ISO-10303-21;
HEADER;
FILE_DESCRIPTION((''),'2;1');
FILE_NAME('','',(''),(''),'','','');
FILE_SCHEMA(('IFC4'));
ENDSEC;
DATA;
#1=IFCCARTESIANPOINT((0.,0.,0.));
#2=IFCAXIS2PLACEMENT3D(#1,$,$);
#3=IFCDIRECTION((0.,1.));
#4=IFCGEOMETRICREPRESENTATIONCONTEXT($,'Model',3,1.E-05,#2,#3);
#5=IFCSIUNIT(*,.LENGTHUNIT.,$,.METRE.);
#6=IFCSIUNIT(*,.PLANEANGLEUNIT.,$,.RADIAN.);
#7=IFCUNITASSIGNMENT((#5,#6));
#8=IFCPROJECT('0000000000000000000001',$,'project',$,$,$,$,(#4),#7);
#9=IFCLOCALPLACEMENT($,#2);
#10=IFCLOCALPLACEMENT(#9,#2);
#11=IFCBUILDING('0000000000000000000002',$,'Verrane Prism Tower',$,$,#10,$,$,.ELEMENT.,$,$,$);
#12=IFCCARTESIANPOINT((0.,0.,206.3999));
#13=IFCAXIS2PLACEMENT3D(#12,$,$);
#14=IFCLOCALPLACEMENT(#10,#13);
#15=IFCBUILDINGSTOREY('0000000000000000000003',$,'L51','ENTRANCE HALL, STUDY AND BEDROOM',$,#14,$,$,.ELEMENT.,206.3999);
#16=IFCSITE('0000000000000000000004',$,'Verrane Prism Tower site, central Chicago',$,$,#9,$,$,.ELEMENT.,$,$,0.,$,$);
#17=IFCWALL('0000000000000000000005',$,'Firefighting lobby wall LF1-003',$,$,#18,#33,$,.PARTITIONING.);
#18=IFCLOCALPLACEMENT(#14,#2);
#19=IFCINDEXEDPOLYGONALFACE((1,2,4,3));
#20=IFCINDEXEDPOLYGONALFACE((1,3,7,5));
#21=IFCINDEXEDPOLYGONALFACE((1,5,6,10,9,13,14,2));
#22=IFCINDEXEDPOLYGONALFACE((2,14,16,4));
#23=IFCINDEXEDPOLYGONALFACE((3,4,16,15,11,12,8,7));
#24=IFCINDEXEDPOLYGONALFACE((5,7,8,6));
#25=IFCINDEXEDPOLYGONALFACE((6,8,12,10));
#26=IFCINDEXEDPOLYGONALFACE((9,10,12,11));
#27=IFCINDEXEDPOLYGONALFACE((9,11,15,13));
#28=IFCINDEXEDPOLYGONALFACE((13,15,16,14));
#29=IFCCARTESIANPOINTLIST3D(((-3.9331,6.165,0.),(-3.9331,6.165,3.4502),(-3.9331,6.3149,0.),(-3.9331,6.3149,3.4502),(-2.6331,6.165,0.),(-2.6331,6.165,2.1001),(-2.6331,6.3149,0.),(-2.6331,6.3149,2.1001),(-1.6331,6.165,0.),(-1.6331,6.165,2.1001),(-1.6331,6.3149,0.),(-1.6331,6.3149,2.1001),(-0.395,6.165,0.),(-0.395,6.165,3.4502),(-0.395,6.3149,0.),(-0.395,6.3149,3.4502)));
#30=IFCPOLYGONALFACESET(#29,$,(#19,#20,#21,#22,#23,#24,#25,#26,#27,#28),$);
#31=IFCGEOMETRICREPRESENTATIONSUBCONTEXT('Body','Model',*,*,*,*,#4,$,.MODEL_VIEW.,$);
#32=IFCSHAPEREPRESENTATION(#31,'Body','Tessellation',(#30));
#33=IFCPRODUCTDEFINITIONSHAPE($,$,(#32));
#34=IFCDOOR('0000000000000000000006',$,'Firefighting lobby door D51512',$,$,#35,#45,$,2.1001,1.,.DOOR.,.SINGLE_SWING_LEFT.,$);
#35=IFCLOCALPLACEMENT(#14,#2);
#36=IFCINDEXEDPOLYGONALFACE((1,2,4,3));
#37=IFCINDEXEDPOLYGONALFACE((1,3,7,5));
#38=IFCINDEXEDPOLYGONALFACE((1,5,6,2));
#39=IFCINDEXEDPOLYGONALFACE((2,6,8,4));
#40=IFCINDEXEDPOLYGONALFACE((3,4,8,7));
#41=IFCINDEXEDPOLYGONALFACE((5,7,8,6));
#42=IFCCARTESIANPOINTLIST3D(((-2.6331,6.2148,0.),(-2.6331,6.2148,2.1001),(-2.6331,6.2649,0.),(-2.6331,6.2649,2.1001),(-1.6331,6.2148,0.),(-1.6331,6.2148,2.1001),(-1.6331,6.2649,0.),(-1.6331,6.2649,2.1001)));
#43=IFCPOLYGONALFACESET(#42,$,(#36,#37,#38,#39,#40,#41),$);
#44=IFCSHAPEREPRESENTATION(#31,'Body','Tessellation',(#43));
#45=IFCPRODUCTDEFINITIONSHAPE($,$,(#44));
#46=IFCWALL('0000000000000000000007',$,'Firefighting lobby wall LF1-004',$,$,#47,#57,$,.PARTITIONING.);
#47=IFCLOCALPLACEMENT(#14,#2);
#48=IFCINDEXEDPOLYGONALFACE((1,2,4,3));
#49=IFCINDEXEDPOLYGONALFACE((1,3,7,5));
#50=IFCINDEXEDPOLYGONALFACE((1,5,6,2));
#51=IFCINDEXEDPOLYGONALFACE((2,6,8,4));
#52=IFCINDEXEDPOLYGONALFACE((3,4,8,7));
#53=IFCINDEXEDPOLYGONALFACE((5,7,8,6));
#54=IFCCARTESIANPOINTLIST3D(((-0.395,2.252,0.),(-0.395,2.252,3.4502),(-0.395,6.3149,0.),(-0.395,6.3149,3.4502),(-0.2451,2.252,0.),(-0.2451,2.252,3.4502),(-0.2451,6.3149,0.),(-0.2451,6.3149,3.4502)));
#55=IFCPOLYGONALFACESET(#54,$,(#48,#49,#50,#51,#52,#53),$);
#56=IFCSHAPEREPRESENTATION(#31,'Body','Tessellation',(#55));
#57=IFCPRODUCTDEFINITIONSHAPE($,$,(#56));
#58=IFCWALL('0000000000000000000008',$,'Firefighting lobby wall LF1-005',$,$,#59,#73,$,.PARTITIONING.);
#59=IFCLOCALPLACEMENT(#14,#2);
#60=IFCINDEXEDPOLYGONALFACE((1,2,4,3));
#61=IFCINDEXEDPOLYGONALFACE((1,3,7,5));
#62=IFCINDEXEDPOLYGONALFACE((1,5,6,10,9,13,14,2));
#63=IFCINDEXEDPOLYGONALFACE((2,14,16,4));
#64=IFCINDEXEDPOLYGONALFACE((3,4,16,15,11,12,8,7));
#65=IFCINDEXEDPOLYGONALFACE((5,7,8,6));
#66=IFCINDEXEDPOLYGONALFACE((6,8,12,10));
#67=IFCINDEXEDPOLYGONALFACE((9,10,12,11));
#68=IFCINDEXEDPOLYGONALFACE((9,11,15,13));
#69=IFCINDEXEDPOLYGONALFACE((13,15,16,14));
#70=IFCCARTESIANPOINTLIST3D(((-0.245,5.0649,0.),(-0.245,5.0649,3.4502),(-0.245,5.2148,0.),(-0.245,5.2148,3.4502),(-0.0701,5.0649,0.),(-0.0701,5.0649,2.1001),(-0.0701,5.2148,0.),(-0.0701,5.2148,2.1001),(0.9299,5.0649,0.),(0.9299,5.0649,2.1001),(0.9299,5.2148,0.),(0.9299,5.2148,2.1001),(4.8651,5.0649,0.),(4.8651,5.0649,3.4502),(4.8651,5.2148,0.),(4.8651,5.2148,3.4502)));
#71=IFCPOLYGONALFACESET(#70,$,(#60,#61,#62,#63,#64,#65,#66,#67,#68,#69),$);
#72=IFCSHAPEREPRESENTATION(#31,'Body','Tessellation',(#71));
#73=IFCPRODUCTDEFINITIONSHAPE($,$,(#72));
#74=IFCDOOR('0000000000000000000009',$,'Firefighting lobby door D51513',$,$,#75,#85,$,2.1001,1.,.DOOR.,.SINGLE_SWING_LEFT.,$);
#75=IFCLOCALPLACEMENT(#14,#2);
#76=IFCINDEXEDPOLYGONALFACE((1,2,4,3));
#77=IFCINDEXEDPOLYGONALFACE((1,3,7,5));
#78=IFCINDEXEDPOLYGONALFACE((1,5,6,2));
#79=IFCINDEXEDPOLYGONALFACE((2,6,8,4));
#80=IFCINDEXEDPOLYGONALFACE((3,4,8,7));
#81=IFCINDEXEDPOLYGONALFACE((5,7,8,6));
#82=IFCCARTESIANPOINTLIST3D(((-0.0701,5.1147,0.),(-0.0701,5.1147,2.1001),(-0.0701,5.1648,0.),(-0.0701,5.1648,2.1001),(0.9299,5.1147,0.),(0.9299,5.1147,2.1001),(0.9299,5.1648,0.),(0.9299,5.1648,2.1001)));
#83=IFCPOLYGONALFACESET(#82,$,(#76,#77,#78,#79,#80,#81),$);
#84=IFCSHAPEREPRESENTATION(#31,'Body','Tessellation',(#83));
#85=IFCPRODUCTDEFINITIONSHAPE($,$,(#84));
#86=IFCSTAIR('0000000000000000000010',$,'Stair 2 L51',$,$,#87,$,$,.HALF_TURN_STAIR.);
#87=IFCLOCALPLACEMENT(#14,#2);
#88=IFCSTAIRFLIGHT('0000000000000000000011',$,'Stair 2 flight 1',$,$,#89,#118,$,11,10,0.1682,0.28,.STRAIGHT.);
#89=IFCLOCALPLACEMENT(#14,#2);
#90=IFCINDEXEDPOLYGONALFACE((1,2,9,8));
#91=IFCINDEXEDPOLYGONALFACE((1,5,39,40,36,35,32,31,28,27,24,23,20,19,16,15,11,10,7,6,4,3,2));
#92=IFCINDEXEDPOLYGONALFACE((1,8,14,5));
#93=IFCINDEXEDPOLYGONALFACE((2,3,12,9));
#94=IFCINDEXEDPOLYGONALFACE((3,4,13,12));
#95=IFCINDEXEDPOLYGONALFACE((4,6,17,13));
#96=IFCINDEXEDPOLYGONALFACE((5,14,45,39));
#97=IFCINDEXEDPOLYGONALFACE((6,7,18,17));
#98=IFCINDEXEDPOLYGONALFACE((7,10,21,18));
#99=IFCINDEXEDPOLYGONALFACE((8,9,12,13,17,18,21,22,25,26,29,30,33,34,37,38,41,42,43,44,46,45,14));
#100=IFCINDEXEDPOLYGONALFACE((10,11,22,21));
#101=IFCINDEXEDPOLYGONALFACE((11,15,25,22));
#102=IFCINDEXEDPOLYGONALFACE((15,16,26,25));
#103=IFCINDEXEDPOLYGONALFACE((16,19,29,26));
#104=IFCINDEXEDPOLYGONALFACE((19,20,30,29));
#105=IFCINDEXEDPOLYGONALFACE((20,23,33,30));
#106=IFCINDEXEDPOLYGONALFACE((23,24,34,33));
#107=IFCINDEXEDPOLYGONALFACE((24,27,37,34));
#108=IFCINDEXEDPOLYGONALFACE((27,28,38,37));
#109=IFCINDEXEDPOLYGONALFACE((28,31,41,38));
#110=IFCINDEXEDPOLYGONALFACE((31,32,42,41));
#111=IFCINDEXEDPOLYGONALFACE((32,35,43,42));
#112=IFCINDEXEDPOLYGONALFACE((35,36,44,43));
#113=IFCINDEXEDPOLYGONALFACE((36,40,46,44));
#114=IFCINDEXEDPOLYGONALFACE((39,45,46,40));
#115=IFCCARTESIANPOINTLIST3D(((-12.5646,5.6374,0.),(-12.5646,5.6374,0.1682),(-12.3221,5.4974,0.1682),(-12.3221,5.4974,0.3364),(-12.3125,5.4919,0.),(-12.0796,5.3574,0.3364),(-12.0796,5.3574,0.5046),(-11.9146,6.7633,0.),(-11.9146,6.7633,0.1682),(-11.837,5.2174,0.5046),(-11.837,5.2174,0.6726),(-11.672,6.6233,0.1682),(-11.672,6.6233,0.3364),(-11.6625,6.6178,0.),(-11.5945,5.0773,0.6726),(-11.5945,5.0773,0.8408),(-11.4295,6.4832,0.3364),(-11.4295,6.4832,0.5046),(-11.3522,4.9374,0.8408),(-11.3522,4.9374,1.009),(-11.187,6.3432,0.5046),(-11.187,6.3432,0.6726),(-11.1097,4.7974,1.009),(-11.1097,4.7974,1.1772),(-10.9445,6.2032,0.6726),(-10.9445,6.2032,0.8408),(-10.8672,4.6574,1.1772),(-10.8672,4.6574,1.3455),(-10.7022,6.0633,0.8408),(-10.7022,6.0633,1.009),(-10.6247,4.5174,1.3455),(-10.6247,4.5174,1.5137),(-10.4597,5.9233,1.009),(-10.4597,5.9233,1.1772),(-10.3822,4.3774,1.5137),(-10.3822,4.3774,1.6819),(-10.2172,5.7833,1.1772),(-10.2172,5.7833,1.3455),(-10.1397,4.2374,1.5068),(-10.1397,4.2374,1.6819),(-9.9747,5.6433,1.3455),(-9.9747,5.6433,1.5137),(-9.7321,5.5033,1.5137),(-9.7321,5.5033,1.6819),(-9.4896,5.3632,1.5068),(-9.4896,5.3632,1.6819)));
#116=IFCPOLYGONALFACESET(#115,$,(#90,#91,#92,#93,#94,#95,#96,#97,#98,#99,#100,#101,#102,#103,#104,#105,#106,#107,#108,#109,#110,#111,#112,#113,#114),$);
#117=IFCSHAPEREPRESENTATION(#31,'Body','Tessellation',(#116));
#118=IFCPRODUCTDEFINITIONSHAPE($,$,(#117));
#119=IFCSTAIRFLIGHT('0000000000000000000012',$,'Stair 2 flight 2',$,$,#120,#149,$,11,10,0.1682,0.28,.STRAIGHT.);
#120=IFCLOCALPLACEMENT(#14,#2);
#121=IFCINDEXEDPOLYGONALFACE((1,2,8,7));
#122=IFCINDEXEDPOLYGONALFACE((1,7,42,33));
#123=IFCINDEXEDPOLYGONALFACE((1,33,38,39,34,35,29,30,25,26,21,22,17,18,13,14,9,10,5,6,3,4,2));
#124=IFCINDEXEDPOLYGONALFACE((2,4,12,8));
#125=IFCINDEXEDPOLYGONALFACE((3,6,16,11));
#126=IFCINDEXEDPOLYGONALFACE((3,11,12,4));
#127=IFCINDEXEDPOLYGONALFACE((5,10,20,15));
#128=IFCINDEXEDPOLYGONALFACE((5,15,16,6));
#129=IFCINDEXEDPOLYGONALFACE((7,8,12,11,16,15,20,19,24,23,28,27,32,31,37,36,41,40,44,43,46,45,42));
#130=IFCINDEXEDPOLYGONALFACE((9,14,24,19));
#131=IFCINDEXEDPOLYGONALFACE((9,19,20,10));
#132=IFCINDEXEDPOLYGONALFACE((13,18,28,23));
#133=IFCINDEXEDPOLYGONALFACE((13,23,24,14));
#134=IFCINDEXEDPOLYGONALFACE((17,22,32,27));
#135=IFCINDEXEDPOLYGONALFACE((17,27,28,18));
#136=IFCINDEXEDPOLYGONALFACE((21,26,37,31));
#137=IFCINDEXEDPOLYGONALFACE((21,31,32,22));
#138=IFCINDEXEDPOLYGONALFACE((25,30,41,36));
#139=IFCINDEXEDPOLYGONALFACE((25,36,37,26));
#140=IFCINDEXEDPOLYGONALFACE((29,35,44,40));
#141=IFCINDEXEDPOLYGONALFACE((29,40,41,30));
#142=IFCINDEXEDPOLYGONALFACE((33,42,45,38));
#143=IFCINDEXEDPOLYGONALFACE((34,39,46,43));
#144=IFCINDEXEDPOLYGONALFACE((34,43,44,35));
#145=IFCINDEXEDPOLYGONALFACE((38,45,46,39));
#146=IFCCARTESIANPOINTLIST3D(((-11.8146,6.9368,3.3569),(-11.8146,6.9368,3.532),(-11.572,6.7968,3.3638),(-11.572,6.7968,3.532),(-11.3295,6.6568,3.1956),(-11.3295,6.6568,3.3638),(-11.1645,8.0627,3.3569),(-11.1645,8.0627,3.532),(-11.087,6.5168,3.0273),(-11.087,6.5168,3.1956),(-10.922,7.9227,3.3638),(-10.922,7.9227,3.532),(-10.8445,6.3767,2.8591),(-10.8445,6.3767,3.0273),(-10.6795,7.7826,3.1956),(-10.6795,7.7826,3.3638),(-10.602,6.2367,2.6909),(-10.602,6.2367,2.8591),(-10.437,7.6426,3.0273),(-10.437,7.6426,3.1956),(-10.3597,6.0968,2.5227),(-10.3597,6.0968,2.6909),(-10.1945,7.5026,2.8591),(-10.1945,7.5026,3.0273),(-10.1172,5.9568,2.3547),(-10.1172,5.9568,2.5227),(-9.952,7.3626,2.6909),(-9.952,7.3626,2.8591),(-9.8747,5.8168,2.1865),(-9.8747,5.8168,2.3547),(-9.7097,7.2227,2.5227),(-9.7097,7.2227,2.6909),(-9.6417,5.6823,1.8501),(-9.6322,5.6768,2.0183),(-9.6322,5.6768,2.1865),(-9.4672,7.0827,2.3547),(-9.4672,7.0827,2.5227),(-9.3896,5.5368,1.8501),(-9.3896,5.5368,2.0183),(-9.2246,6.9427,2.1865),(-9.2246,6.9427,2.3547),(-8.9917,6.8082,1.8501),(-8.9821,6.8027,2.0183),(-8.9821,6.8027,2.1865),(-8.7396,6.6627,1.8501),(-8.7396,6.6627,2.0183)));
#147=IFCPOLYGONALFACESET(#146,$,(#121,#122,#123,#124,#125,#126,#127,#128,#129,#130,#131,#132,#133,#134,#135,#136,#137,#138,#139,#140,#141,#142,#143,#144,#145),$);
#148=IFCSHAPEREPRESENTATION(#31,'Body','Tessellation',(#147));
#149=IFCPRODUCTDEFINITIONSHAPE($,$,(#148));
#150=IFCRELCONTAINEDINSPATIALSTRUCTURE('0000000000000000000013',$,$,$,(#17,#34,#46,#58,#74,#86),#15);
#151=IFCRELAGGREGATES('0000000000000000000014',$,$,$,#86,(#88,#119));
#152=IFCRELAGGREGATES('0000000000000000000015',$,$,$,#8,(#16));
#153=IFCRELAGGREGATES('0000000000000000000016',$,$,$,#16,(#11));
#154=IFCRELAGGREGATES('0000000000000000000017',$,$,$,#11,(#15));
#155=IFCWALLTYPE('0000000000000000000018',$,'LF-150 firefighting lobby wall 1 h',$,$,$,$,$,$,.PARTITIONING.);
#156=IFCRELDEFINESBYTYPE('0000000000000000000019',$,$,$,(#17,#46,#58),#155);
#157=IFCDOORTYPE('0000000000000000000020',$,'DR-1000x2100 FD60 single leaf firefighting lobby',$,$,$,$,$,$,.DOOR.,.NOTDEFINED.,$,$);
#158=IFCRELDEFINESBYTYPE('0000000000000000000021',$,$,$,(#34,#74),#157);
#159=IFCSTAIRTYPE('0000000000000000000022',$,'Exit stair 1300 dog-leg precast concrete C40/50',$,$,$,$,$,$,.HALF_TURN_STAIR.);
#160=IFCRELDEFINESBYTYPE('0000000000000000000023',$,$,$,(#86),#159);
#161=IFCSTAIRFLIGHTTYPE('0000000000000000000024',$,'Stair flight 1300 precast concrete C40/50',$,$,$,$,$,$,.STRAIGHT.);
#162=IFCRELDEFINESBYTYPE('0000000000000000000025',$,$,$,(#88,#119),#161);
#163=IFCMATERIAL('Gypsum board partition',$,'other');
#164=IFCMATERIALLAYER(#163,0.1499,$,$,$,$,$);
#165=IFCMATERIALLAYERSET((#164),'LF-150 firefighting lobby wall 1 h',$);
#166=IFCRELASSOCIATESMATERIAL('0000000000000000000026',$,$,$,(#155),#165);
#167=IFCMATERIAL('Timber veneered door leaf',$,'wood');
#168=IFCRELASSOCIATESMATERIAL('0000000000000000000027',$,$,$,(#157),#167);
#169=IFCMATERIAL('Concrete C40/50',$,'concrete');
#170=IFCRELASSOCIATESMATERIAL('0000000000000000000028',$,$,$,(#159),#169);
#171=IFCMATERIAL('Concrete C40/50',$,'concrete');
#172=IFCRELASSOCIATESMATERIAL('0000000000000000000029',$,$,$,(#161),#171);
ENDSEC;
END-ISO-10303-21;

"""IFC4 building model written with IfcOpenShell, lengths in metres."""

from ifc_helpers import new_model, si_unit, direction, frame, frame_2d, origin, place, context, subcontext, project, spatial, polyline, rectangle, outline, extrude, material, layer, layer_set, type_object, element, fill, aggregate, save


model = new_model("IFC4")

# Units and contexts
model_context = context("Model", 3, precision=1e-05, world=origin(), true_north=direction((0.0, 1.0)))
body_context = subcontext(model_context, "Body", "Model", "MODEL_VIEW")
ifc_project = project(units=[si_unit("LENGTHUNIT", "METRE"), si_unit("PLANEANGLEUNIT", "RADIAN")], contexts=[model_context])

# Site, building, storey
site_placement = place(None, origin())
site = spatial("IfcSite", under=ifc_project, at=site_placement, Name="Verrane Prism Tower site, central Chicago", CompositionType="ELEMENT", RefElevation=0.0)
building_placement = place(site_placement, origin())
building = spatial("IfcBuilding", under=site, at=building_placement, Name="Verrane Prism Tower", CompositionType="ELEMENT")
storey_placement = place(building_placement, frame((0.0, 0.0, 206.3999)))
storey = spatial("IfcBuildingStorey", under=building, at=storey_placement, Name="L51", Description="ENTRANCE HALL, STUDY AND BEDROOM", CompositionType="ELEMENT", Elevation=206.3999)

# Shared definitions
ifc_material_1 = material(Name="Gypsum board partition", Category="other")
ifc_layer_1 = layer(ifc_material_1, 0.1499)
ifc_layer_set_1 = layer_set([ifc_layer_1], Name="LF-150 firefighting lobby wall 1 h")
wall_type_1 = type_object("IfcWallType", Name="LF-150 firefighting lobby wall 1 h", PredefinedType="PARTITIONING", material=ifc_layer_set_1)

# Wall, opening, door
wall_1_placement = place(storey_placement, frame((-3.9331, 6.24, 0.0), z_axis=(0.0, 0.0, 1.0), x_axis=(1.0, 0.0, 0.0)))
wall_1 = element("IfcWall", 1, at=wall_1_placement, inside=storey, type_object=wall_type_1, Name="Firefighting lobby wall LF1-003", PredefinedType="PARTITIONING", context=body_context, shape_type="SweptSolid", body=[
    extrude(rectangle(XDim=3.5381, YDim=0.1499, at=frame_2d((1.769, 0.0))), origin(), (0.0, 0.0, 1.0), 3.4502),
])
opening_1_placement = place(wall_1_placement, frame((1.3, 0.0, 0.0)))
opening_1 = element("IfcOpeningElement", 2, at=opening_1_placement, cuts=wall_1, PredefinedType="OPENING", context=body_context, shape_type="SweptSolid", body=[
    extrude(rectangle(XDim=1.0, YDim=2.1001, at=frame_2d((0.5, 1.05))), frame((0.0, 0.085, 0.0), z_axis=(0.0, -1.0, 0.0), x_axis=(1.0, 0.0, 0.0)), (0.0, 0.0, 1.0), 0.1699),
])
ifc_material_2 = material(Name="Timber veneered door leaf", Category="wood")
door_type_1 = type_object("IfcDoorType", Name="DR-1000x2100 FD60 single leaf firefighting lobby", OperationType="NOTDEFINED", PredefinedType="DOOR", material=ifc_material_2)
door_1_placement = place(opening_1_placement, origin())
door_1 = element("IfcDoor", 3, at=door_1_placement, inside=storey, type_object=door_type_1, Name="Firefighting lobby door D51512", OperationType="SINGLE_SWING_LEFT", OverallHeight=2.1001, OverallWidth=1.0, PredefinedType="DOOR", context=body_context, shape_type="SweptSolid", body=[
    extrude(rectangle(XDim=1.0, YDim=2.1001, at=frame_2d((0.5, 1.05))), frame((0.0, 0.0249, 0.0), z_axis=(0.0, -1.0, 0.0), x_axis=(1.0, 0.0, 0.0)), (0.0, 0.0, 1.0), 0.05),
])
fill(opening_1, door_1)

# Wall
wall_2_placement = place(storey_placement, frame((-0.3201, 2.252, 0.0), z_axis=(0.0, 0.0, 1.0), x_axis=(0.0, 1.0, 0.0)))
element("IfcWall", 4, at=wall_2_placement, inside=storey, type_object=wall_type_1, Name="Firefighting lobby wall LF1-004", PredefinedType="PARTITIONING", context=body_context, shape_type="SweptSolid", body=[
    extrude(rectangle(XDim=4.063, YDim=0.1499, at=frame_2d((2.0315, 0.0))), origin(), (0.0, 0.0, 1.0), 3.4502),
])

# Wall, opening, door
wall_3_placement = place(storey_placement, frame((-0.2451, 5.1399, 0.0), z_axis=(0.0, 0.0, 1.0), x_axis=(1.0, 0.0, 0.0)))
wall_3 = element("IfcWall", 5, at=wall_3_placement, inside=storey, type_object=wall_type_1, Name="Firefighting lobby wall LF1-005", PredefinedType="PARTITIONING", context=body_context, shape_type="SweptSolid", body=[
    extrude(rectangle(XDim=5.1101, YDim=0.1499, at=frame_2d((2.5552, 0.0))), origin(), (0.0, 0.0, 1.0), 3.4502),
])
opening_2_placement = place(wall_3_placement, frame((0.175, 0.0, 0.0)))
opening_2 = element("IfcOpeningElement", 6, at=opening_2_placement, cuts=wall_3, PredefinedType="OPENING", context=body_context, shape_type="SweptSolid", body=[
    extrude(rectangle(XDim=1.0, YDim=2.1001, at=frame_2d((0.5, 1.05))), frame((0.0, 0.085, 0.0), z_axis=(0.0, -1.0, 0.0), x_axis=(1.0, 0.0, 0.0)), (0.0, 0.0, 1.0), 0.1699),
])
door_2_placement = place(opening_2_placement, origin())
door_2 = element("IfcDoor", 7, at=door_2_placement, inside=storey, type_object=door_type_1, Name="Firefighting lobby door D51513", OperationType="SINGLE_SWING_LEFT", OverallHeight=2.1001, OverallWidth=1.0, PredefinedType="DOOR", context=body_context, shape_type="SweptSolid", body=[
    extrude(rectangle(XDim=1.0, YDim=2.1001, at=frame_2d((0.5, 1.05))), frame((0.0, 0.0249, 0.0), z_axis=(0.0, -1.0, 0.0), x_axis=(1.0, 0.0, 0.0)), (0.0, 0.0, 1.0), 0.05),
])
fill(opening_2, door_2)

# Stair, stair flights
ifc_material_3 = material(Name="Concrete C40/50", Category="concrete")
stair_type = type_object("IfcStairType", Name="Exit stair 1300 dog-leg precast concrete C40/50", PredefinedType="HALF_TURN_STAIR", material=ifc_material_3)
stair_placement = place(storey_placement, origin())
stair = element("IfcStair", 8, at=stair_placement, inside=storey, type_object=stair_type, Name="Stair 2 L51", PredefinedType="HALF_TURN_STAIR")
ifc_material_4 = material(Name="Concrete C40/50", Category="concrete")
stair_flight_type = type_object("IfcStairFlightType", Name="Stair flight 1300 precast concrete C40/50", PredefinedType="STRAIGHT", material=ifc_material_4)
stair_flight_1_placement = place(storey_placement, frame((-12.2395, 6.2004, 0.0), z_axis=(0.0, 0.0, 1.0), x_axis=(0.866025, -0.5, 0.0)))
stair_flight_1 = element("IfcStairFlight", 9, at=stair_flight_1_placement, type_object=stair_flight_type, Name="Stair 2 flight 1", NumberOfRisers=11, NumberOfTreads=10, PredefinedType="STRAIGHT", RiserHeight=0.1682, TreadLength=0.28, context=body_context, shape_type="SweptSolid", body=[
    extrude(outline(polyline([(0.0, 0.0), (0.0, 0.1682), (0.28, 0.1682), (0.28, 0.3364), (0.5601, 0.3364), (0.5601, 0.5046), (0.8401, 0.5046), (0.8401, 0.6726), (1.1201, 0.6726), (1.1201, 0.8408), (1.3999, 0.8408), (1.3999, 1.009), (1.6799, 1.009), (1.6799, 1.1772), (1.96, 1.1772), (1.96, 1.3455), (2.24, 1.3455), (2.24, 1.5137), (2.52, 1.5137), (2.52, 1.6819), (2.8, 1.6819), (2.8, 1.8501), (2.8, 1.5068), (0.291, 0.0), (0.0, 0.0)])), frame((0.0, 0.6499, 0.0), z_axis=(0.0, -1.0, 0.0), x_axis=(1.0, 0.0, 0.0)), (0.0, 0.0, 1.0), 1.3),
])
stair_flight_2_placement = place(storey_placement, frame((-9.0647, 6.0996, 1.8501), z_axis=(0.0, 0.0, 1.0), x_axis=(-0.866025, 0.5, 0.0)))
stair_flight_2 = element("IfcStairFlight", 10, at=stair_flight_2_placement, type_object=stair_flight_type, Name="Stair 2 flight 2", NumberOfRisers=11, NumberOfTreads=10, PredefinedType="STRAIGHT", RiserHeight=0.1682, TreadLength=0.28, context=body_context, shape_type="SweptSolid", body=[
    extrude(outline(polyline([(0.0, 0.0), (0.0, 0.1682), (0.28, 0.1682), (0.28, 0.3364), (0.5601, 0.3364), (0.5601, 0.5046), (0.8401, 0.5046), (0.8401, 0.6726), (1.1201, 0.6726), (1.1201, 0.8408), (1.3999, 0.8408), (1.3999, 1.009), (1.6799, 1.009), (1.6799, 1.1772), (1.96, 1.1772), (1.96, 1.3455), (2.24, 1.3455), (2.24, 1.5137), (2.52, 1.5137), (2.52, 1.6819), (2.8, 1.6819), (2.8, 1.8501), (2.8, 1.5068), (0.291, 0.0), (0.0, 0.0)])), frame((0.0, 0.6499, 0.0), z_axis=(0.0, -1.0, 0.0), x_axis=(1.0, 0.0, 0.0)), (0.0, 0.0, 1.0), 1.3),
])
aggregate(stair, [stair_flight_1, stair_flight_2])

save(model, "model.ifc")
